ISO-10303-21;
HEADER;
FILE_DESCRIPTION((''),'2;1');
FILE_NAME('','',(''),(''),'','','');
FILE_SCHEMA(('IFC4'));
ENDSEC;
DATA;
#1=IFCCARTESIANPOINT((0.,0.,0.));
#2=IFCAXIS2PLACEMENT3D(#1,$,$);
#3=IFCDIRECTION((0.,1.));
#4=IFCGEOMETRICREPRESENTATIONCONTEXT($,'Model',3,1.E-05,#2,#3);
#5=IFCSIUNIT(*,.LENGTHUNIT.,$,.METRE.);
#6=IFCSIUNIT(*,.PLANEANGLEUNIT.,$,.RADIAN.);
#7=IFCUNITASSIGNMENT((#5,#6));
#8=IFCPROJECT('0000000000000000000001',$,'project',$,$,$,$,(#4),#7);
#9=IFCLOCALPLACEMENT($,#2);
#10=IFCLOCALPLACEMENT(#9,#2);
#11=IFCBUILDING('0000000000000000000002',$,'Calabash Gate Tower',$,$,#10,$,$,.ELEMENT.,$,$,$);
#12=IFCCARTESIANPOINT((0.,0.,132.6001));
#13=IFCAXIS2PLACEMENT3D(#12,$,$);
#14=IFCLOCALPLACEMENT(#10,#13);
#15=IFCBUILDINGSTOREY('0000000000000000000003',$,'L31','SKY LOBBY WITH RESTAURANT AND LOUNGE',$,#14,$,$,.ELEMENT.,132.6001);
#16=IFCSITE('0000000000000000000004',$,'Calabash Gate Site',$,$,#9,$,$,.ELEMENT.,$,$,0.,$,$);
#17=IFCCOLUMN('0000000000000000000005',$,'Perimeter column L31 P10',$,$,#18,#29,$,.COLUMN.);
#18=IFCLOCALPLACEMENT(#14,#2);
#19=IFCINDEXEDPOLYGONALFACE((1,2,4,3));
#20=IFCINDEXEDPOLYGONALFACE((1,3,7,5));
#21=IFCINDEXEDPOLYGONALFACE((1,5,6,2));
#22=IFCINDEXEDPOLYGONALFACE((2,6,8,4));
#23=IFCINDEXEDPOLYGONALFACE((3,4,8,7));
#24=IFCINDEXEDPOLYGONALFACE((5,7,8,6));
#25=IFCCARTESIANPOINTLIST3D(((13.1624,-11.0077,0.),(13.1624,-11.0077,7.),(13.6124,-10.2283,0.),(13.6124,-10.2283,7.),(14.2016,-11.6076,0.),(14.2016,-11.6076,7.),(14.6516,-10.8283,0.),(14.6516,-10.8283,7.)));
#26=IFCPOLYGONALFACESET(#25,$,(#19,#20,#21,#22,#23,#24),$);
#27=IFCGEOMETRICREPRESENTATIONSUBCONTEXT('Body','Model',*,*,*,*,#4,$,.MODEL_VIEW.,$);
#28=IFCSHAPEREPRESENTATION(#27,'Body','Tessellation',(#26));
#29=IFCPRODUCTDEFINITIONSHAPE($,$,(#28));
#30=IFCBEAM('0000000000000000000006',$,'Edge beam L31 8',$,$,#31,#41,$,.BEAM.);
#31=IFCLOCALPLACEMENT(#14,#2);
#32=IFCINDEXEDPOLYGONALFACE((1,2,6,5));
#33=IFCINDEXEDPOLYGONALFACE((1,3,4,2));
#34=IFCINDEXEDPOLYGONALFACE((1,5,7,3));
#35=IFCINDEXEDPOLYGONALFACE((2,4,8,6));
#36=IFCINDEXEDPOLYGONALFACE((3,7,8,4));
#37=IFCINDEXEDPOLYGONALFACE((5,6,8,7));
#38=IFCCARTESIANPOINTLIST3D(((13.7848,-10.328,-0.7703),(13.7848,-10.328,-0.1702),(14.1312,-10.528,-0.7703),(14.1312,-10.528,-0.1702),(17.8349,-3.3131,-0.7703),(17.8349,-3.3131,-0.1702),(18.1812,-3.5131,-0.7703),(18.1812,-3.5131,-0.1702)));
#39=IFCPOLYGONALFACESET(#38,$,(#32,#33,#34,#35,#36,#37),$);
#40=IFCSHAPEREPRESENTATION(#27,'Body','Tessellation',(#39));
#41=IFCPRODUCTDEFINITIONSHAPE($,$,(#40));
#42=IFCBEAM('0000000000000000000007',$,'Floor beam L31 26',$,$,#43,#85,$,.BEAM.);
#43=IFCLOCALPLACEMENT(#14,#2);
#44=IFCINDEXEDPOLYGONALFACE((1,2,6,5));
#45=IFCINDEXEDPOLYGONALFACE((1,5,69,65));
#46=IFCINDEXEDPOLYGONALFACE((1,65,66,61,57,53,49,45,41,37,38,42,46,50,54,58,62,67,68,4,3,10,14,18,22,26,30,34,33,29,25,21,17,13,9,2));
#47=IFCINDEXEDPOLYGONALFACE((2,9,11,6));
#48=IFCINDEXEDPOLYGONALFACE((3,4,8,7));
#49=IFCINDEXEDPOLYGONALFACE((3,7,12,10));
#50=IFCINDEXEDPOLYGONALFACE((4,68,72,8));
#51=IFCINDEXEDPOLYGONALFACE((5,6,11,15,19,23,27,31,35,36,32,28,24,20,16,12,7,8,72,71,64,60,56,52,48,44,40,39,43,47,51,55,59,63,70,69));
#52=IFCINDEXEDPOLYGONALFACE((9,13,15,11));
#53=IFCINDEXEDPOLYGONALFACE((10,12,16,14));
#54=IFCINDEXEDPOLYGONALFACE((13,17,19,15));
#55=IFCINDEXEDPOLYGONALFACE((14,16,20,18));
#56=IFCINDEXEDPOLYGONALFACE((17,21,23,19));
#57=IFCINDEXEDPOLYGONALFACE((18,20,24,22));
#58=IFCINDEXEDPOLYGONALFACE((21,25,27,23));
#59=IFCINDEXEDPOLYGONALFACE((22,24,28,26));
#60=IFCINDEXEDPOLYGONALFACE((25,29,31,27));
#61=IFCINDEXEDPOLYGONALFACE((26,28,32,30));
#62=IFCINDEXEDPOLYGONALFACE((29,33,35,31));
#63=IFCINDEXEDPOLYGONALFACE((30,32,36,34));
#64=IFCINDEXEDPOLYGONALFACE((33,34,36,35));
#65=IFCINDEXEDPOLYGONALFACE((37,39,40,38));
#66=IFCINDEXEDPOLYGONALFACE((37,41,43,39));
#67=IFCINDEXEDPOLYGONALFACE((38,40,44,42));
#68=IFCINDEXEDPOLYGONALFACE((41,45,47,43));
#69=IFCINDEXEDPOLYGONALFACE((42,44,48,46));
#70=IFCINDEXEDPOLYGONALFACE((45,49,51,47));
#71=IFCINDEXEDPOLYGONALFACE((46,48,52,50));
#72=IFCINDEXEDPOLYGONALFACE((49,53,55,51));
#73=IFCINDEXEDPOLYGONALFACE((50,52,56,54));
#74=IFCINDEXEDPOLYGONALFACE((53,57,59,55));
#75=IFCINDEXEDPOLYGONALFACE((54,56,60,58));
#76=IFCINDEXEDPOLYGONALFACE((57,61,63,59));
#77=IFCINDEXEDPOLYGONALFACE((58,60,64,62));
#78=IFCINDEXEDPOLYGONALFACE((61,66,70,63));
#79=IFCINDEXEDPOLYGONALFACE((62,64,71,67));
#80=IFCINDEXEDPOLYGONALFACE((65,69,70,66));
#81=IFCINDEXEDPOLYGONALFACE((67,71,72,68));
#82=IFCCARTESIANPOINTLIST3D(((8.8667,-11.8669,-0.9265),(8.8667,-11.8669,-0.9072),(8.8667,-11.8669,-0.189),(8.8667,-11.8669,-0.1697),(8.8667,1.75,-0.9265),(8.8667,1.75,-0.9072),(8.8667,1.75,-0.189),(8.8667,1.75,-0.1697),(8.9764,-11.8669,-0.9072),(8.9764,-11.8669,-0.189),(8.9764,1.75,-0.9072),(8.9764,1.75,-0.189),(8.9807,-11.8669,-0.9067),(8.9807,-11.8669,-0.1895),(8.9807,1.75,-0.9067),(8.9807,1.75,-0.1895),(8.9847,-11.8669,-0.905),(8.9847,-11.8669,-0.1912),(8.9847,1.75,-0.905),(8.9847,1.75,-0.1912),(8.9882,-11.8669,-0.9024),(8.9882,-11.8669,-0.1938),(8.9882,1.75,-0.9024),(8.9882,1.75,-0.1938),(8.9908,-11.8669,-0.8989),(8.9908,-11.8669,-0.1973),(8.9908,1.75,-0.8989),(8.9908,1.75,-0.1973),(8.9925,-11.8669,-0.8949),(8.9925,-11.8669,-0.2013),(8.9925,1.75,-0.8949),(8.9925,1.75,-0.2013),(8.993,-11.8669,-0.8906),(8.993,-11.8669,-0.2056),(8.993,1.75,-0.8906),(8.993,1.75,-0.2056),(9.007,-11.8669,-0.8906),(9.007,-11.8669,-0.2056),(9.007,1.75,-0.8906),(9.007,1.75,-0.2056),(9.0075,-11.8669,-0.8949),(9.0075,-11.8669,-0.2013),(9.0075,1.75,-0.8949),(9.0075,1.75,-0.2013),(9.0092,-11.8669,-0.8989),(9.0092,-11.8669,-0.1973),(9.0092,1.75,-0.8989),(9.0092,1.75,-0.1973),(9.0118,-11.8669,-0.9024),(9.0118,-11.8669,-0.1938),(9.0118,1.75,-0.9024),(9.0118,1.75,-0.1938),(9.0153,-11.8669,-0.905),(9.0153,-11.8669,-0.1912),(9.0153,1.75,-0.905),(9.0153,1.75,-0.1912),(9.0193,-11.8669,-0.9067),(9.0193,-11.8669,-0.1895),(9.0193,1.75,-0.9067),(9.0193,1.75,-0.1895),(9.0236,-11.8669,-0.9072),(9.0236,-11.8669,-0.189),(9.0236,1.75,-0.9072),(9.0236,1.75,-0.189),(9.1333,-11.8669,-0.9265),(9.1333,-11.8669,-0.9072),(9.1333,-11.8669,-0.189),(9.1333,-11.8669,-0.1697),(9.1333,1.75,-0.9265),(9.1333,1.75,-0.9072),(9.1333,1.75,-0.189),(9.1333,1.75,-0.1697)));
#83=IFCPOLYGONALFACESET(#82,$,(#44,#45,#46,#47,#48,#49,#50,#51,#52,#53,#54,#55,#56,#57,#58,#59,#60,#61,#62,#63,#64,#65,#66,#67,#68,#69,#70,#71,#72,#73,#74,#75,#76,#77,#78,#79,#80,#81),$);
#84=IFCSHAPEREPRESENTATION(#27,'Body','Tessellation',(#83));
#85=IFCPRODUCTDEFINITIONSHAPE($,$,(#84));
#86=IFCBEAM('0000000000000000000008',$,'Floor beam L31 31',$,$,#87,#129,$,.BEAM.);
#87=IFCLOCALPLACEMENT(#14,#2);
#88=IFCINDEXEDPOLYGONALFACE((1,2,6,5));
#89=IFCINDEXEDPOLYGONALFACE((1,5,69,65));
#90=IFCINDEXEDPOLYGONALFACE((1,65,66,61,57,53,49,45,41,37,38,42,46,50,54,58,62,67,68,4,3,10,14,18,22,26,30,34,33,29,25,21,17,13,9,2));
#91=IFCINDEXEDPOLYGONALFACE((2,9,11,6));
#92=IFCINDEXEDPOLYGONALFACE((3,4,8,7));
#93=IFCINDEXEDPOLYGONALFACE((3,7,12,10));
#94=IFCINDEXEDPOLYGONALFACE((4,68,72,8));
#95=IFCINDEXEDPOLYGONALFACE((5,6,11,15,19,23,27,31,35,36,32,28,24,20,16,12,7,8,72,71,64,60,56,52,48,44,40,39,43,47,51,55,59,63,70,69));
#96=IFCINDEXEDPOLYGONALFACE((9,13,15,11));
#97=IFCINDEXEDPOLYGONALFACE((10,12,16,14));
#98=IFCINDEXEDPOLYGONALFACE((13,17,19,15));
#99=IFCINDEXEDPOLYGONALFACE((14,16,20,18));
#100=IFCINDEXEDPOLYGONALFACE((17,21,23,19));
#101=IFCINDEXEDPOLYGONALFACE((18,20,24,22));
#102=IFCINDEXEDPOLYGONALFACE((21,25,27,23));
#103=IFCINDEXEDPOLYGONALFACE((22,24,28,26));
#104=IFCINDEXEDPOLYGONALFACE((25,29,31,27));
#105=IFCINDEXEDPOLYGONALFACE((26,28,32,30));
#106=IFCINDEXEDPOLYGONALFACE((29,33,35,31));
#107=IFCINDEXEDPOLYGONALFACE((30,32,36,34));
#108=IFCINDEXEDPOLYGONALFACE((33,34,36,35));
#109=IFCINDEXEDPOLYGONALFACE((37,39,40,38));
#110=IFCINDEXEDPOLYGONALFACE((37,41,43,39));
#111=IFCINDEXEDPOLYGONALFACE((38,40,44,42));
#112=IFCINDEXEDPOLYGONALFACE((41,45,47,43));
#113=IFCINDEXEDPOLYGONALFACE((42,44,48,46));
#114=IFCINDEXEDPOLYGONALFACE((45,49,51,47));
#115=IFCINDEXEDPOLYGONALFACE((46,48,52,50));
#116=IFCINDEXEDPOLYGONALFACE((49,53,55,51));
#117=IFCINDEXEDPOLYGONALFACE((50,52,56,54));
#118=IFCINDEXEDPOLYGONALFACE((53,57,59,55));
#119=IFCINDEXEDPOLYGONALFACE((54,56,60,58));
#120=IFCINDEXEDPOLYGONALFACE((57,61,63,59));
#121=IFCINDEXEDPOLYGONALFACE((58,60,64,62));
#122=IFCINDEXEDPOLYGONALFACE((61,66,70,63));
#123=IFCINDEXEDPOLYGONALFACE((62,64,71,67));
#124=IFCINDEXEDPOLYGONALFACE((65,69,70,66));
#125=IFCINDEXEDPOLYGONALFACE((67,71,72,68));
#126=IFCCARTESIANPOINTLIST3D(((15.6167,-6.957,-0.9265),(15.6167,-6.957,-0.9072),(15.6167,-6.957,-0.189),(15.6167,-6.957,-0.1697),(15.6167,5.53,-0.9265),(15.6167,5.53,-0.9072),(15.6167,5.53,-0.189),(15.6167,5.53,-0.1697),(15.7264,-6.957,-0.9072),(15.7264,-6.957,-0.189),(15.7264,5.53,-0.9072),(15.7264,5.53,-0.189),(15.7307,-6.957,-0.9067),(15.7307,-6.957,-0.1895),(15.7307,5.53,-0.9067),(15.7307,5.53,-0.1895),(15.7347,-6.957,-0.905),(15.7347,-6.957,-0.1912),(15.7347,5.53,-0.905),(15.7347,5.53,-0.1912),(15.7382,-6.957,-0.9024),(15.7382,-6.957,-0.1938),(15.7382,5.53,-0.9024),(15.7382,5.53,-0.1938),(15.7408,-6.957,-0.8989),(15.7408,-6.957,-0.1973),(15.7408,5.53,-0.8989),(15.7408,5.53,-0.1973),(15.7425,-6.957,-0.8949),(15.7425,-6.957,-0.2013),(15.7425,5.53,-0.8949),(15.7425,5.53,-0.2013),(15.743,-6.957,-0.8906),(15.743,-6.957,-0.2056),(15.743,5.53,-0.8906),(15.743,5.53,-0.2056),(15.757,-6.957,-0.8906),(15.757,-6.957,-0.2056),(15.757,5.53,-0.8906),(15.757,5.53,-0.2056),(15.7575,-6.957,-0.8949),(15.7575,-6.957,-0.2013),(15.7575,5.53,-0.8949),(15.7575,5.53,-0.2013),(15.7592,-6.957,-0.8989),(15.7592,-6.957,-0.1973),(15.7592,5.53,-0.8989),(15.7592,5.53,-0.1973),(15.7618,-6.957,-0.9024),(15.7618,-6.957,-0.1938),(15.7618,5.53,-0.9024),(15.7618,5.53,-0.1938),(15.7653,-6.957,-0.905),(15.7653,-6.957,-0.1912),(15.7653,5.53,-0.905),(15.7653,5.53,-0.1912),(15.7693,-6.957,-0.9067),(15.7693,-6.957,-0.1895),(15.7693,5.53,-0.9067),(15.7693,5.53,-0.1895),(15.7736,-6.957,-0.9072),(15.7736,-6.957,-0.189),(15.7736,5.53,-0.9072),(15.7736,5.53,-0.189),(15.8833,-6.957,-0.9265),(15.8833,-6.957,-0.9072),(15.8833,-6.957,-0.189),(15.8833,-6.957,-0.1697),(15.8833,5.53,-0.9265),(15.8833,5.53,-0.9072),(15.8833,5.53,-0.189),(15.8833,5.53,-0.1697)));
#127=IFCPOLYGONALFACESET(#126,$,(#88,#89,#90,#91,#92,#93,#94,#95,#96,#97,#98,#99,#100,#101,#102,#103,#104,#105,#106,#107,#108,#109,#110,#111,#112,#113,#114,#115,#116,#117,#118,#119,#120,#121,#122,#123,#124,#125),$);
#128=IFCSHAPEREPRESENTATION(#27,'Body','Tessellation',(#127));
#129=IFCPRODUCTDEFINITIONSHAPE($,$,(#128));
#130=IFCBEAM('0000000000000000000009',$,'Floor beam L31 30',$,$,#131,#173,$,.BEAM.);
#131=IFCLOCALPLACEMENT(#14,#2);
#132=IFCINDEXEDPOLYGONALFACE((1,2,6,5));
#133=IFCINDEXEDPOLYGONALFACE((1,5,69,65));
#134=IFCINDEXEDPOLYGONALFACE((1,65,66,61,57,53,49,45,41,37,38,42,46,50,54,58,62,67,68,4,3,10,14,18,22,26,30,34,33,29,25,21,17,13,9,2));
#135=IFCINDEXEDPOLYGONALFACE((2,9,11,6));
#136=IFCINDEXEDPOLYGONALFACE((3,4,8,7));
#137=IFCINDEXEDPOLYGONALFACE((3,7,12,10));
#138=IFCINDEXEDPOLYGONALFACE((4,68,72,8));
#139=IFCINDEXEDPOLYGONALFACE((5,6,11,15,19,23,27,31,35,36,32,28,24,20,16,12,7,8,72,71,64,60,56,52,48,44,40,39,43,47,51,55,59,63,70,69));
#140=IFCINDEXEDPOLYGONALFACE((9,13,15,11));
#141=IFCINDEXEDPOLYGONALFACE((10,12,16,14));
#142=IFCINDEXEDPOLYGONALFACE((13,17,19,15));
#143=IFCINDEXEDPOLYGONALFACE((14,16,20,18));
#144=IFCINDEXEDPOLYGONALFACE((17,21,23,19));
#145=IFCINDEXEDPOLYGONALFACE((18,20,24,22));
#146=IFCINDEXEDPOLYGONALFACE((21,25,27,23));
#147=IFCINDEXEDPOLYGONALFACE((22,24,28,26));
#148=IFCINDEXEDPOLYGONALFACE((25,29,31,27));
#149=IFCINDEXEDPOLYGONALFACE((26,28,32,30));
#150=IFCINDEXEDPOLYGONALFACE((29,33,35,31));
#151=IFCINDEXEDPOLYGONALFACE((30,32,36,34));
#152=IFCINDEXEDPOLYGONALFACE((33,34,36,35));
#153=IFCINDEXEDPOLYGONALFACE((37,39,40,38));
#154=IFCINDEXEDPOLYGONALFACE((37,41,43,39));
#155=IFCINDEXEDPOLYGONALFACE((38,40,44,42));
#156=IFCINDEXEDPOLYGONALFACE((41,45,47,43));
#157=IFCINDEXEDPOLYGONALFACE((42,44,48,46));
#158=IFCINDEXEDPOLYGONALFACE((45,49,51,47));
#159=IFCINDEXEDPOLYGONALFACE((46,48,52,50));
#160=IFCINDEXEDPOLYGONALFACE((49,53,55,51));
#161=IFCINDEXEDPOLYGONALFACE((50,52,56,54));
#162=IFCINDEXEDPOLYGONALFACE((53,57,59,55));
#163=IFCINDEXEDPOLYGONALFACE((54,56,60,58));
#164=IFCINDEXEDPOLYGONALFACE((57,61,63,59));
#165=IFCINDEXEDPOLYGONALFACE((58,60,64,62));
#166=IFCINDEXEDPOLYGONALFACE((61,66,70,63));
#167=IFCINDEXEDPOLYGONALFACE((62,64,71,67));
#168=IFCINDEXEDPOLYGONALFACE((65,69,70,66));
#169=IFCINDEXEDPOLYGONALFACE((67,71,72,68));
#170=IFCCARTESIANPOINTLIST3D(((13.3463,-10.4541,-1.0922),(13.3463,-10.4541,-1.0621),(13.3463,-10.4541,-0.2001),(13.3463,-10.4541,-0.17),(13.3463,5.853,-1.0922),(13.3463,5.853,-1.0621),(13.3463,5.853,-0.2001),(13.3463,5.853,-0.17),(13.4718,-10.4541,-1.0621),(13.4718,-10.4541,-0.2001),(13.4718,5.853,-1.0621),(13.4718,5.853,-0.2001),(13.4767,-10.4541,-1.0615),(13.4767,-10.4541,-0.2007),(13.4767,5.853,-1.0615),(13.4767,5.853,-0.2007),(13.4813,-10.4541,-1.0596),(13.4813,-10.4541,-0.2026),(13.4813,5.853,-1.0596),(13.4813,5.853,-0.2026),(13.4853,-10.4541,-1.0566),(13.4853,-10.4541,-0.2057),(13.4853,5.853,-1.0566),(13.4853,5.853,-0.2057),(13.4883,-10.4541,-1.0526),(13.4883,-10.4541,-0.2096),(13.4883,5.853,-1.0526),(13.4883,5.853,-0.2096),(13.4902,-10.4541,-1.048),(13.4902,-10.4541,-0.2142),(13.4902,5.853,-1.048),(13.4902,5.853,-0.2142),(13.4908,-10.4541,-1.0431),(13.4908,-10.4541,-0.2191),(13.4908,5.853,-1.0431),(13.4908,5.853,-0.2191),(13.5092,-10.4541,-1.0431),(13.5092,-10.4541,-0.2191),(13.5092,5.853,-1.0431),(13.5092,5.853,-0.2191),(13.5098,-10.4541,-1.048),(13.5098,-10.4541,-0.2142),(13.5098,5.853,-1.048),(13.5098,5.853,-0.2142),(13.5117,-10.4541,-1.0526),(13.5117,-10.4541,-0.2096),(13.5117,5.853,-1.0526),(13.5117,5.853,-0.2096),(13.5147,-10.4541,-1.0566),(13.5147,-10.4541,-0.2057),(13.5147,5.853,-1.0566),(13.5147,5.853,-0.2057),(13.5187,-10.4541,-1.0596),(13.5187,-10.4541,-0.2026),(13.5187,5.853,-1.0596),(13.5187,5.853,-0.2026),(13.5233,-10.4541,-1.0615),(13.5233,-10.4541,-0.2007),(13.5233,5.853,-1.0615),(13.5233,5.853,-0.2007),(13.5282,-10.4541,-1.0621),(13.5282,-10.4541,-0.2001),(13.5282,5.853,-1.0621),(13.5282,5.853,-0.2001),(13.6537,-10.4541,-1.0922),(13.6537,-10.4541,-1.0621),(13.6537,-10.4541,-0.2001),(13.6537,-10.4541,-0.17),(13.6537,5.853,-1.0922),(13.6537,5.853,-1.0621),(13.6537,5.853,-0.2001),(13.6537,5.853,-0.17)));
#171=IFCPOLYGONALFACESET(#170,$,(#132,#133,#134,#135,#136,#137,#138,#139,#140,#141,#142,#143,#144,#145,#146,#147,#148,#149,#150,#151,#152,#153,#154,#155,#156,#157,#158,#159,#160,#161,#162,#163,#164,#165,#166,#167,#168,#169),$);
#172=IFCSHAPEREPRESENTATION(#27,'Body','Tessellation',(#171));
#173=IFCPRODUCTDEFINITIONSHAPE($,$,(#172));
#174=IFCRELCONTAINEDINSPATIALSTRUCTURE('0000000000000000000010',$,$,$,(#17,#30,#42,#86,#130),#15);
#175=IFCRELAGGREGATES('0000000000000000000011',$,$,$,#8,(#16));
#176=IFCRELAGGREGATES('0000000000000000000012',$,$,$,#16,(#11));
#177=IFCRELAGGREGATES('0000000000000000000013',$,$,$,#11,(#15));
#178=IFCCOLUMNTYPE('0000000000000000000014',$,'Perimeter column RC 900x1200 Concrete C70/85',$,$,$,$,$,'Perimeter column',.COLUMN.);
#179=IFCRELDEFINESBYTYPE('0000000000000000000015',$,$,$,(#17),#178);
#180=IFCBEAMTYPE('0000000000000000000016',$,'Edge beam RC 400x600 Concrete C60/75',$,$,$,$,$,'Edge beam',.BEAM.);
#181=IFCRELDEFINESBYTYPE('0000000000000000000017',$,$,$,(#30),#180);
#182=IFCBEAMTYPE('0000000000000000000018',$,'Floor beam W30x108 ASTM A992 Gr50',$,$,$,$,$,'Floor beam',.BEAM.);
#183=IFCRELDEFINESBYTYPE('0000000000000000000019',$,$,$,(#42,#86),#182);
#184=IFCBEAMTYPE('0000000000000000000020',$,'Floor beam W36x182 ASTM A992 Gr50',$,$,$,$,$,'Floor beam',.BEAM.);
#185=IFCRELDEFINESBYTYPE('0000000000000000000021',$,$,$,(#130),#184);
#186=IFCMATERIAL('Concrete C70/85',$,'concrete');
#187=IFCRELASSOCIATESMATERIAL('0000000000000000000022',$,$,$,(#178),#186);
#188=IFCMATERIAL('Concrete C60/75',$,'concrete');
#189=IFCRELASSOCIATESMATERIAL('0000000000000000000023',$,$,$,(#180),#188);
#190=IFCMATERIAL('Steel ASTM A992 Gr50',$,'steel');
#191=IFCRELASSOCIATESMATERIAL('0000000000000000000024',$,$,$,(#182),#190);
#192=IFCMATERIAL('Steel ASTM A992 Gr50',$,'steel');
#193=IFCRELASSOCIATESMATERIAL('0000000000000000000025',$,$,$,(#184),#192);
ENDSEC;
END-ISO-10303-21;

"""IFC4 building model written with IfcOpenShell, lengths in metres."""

from ifc_helpers import new_model, si_unit, direction, frame, origin, origin_2d, place, context, subcontext, project, spatial, rectangle, i_section, extrude, material, material_profile, profile_set, type_object, element, save


model = new_model("IFC4")

# Units and contexts
model_context = context("Model", 3, precision=1e-05, world=origin(), true_north=direction((0.0, 1.0)))
body_context = subcontext(model_context, "Body", "Model", "MODEL_VIEW")
ifc_project = project(units=[si_unit("LENGTHUNIT", "METRE"), si_unit("PLANEANGLEUNIT", "RADIAN")], contexts=[model_context])

# Site, building, storey
site_placement = place(None, origin())
site = spatial("IfcSite", under=ifc_project, at=site_placement, Name="Calabash Gate Site", CompositionType="ELEMENT", RefElevation=0.0)
building_placement = place(site_placement, origin())
building = spatial("IfcBuilding", under=site, at=building_placement, Name="Calabash Gate Tower", CompositionType="ELEMENT")
storey_placement = place(building_placement, frame((0.0, 0.0, 132.6001)))
storey = spatial("IfcBuildingStorey", under=building, at=storey_placement, Name="L31", Description="SKY LOBBY WITH RESTAURANT AND LOUNGE", CompositionType="ELEMENT", Elevation=132.6001)

# Column
ifc_material_1 = material(Name="Concrete C70/85", Category="concrete")
ifc_material_profile_1 = material_profile(ifc_material_1, rectangle(XDim=0.8999, YDim=1.2, at=origin_2d()))
ifc_profile_set_1 = profile_set([ifc_material_profile_1], Name="Concrete C70/85")
column_type = type_object("IfcColumnType", Name="Perimeter column RC 900x1200 Concrete C70/85", ElementType="Perimeter column", PredefinedType="COLUMN", material=ifc_profile_set_1)
column_placement = place(storey_placement, frame((13.907, -10.918, 0.0), z_axis=(0.0, 0.0, 1.0), x_axis=(0.5, 0.866025, 0.0)))
element("IfcColumn", 1, at=column_placement, inside=storey, type_object=column_type, Name="Perimeter column L31 P10", PredefinedType="COLUMN", context=body_context, shape_type="SweptSolid", body=[
    extrude(rectangle(XDim=0.8999, YDim=1.2, at=origin_2d()), origin(), (0.0, 0.0, 1.0), 7.0),
])

# Beams
ifc_material_2 = material(Name="Concrete C60/75", Category="concrete")
ifc_material_profile_2 = material_profile(ifc_material_2, rectangle(XDim=0.3999, YDim=0.6001, at=origin_2d()))
ifc_profile_set_2 = profile_set([ifc_material_profile_2], Name="Concrete C60/75")
beam_type_1 = type_object("IfcBeamType", Name="Edge beam RC 400x600 Concrete C60/75", ElementType="Edge beam", PredefinedType="BEAM", material=ifc_profile_set_2)
beam_1_placement = place(storey_placement, frame((13.958, -10.428, -0.4702), z_axis=(0.5, 0.866025, 0.0), x_axis=(-0.866025, 0.5, 0.0)))
element("IfcBeam", 2, at=beam_1_placement, inside=storey, type_object=beam_type_1, Name="Edge beam L31 8", PredefinedType="BEAM", context=body_context, shape_type="SweptSolid", body=[
    extrude(rectangle(XDim=0.3999, YDim=0.6001, at=origin_2d()), origin(), (0.0, 0.0, 1.0), 8.1001),
])
ifc_material_3 = material(Name="Steel ASTM A992 Gr50", Category="steel")
ifc_material_profile_3 = material_profile(ifc_material_3, i_section(OverallWidth=0.2666, OverallDepth=0.7568, WebThickness=0.0139, FlangeThickness=0.0193, FilletRadius=0.0166, at=origin_2d()))
ifc_profile_set_3 = profile_set([ifc_material_profile_3], Name="Steel ASTM A992 Gr50")
beam_type_2 = type_object("IfcBeamType", Name="Floor beam W30x108 ASTM A992 Gr50", ElementType="Floor beam", PredefinedType="BEAM", material=ifc_profile_set_3)
beam_2_placement = place(storey_placement, frame((9.0, -11.8669, -0.5481), z_axis=(0.0, 1.0, 0.0), x_axis=(-1.0, 0.0, 0.0)))
element("IfcBeam", 3, at=beam_2_placement, inside=storey, type_object=beam_type_2, Name="Floor beam L31 26", PredefinedType="BEAM", context=body_context, shape_type="SweptSolid", body=[
    extrude(i_section(OverallWidth=0.2666, OverallDepth=0.7568, WebThickness=0.0139, FlangeThickness=0.0193, FilletRadius=0.0166, at=origin_2d()), origin(), (0.0, 0.0, 1.0), 13.6169),
])
beam_3_placement = place(storey_placement, frame((15.75, -6.957, -0.5481), z_axis=(0.0, 1.0, 0.0), x_axis=(-1.0, 0.0, 0.0)))
element("IfcBeam", 4, at=beam_3_placement, inside=storey, type_object=beam_type_2, Name="Floor beam L31 31", PredefinedType="BEAM", context=body_context, shape_type="SweptSolid", body=[
    extrude(i_section(OverallWidth=0.2666, OverallDepth=0.7568, WebThickness=0.0139, FlangeThickness=0.0193, FilletRadius=0.0166, at=origin_2d()), origin(), (0.0, 0.0, 1.0), 12.4871),
])
ifc_material_4 = material(Name="Steel ASTM A992 Gr50", Category="steel")
ifc_material_profile_4 = material_profile(ifc_material_4, i_section(OverallWidth=0.3074, OverallDepth=0.9221, WebThickness=0.0183, FlangeThickness=0.03, FilletRadius=0.019, at=origin_2d()))
ifc_profile_set_4 = profile_set([ifc_material_profile_4], Name="Steel ASTM A992 Gr50")
beam_type_3 = type_object("IfcBeamType", Name="Floor beam W36x182 ASTM A992 Gr50", ElementType="Floor beam", PredefinedType="BEAM", material=ifc_profile_set_4)
beam_4_placement = place(storey_placement, frame((13.5, -10.4541, -0.6311), z_axis=(0.0, 1.0, 0.0), x_axis=(-1.0, 0.0, 0.0)))
element("IfcBeam", 5, at=beam_4_placement, inside=storey, type_object=beam_type_3, Name="Floor beam L31 30", PredefinedType="BEAM", context=body_context, shape_type="SweptSolid", body=[
    extrude(i_section(OverallWidth=0.3074, OverallDepth=0.9221, WebThickness=0.0183, FlangeThickness=0.03, FilletRadius=0.019, at=origin_2d()), origin(), (0.0, 0.0, 1.0), 16.3071),
])

save(model, "model.ifc")
